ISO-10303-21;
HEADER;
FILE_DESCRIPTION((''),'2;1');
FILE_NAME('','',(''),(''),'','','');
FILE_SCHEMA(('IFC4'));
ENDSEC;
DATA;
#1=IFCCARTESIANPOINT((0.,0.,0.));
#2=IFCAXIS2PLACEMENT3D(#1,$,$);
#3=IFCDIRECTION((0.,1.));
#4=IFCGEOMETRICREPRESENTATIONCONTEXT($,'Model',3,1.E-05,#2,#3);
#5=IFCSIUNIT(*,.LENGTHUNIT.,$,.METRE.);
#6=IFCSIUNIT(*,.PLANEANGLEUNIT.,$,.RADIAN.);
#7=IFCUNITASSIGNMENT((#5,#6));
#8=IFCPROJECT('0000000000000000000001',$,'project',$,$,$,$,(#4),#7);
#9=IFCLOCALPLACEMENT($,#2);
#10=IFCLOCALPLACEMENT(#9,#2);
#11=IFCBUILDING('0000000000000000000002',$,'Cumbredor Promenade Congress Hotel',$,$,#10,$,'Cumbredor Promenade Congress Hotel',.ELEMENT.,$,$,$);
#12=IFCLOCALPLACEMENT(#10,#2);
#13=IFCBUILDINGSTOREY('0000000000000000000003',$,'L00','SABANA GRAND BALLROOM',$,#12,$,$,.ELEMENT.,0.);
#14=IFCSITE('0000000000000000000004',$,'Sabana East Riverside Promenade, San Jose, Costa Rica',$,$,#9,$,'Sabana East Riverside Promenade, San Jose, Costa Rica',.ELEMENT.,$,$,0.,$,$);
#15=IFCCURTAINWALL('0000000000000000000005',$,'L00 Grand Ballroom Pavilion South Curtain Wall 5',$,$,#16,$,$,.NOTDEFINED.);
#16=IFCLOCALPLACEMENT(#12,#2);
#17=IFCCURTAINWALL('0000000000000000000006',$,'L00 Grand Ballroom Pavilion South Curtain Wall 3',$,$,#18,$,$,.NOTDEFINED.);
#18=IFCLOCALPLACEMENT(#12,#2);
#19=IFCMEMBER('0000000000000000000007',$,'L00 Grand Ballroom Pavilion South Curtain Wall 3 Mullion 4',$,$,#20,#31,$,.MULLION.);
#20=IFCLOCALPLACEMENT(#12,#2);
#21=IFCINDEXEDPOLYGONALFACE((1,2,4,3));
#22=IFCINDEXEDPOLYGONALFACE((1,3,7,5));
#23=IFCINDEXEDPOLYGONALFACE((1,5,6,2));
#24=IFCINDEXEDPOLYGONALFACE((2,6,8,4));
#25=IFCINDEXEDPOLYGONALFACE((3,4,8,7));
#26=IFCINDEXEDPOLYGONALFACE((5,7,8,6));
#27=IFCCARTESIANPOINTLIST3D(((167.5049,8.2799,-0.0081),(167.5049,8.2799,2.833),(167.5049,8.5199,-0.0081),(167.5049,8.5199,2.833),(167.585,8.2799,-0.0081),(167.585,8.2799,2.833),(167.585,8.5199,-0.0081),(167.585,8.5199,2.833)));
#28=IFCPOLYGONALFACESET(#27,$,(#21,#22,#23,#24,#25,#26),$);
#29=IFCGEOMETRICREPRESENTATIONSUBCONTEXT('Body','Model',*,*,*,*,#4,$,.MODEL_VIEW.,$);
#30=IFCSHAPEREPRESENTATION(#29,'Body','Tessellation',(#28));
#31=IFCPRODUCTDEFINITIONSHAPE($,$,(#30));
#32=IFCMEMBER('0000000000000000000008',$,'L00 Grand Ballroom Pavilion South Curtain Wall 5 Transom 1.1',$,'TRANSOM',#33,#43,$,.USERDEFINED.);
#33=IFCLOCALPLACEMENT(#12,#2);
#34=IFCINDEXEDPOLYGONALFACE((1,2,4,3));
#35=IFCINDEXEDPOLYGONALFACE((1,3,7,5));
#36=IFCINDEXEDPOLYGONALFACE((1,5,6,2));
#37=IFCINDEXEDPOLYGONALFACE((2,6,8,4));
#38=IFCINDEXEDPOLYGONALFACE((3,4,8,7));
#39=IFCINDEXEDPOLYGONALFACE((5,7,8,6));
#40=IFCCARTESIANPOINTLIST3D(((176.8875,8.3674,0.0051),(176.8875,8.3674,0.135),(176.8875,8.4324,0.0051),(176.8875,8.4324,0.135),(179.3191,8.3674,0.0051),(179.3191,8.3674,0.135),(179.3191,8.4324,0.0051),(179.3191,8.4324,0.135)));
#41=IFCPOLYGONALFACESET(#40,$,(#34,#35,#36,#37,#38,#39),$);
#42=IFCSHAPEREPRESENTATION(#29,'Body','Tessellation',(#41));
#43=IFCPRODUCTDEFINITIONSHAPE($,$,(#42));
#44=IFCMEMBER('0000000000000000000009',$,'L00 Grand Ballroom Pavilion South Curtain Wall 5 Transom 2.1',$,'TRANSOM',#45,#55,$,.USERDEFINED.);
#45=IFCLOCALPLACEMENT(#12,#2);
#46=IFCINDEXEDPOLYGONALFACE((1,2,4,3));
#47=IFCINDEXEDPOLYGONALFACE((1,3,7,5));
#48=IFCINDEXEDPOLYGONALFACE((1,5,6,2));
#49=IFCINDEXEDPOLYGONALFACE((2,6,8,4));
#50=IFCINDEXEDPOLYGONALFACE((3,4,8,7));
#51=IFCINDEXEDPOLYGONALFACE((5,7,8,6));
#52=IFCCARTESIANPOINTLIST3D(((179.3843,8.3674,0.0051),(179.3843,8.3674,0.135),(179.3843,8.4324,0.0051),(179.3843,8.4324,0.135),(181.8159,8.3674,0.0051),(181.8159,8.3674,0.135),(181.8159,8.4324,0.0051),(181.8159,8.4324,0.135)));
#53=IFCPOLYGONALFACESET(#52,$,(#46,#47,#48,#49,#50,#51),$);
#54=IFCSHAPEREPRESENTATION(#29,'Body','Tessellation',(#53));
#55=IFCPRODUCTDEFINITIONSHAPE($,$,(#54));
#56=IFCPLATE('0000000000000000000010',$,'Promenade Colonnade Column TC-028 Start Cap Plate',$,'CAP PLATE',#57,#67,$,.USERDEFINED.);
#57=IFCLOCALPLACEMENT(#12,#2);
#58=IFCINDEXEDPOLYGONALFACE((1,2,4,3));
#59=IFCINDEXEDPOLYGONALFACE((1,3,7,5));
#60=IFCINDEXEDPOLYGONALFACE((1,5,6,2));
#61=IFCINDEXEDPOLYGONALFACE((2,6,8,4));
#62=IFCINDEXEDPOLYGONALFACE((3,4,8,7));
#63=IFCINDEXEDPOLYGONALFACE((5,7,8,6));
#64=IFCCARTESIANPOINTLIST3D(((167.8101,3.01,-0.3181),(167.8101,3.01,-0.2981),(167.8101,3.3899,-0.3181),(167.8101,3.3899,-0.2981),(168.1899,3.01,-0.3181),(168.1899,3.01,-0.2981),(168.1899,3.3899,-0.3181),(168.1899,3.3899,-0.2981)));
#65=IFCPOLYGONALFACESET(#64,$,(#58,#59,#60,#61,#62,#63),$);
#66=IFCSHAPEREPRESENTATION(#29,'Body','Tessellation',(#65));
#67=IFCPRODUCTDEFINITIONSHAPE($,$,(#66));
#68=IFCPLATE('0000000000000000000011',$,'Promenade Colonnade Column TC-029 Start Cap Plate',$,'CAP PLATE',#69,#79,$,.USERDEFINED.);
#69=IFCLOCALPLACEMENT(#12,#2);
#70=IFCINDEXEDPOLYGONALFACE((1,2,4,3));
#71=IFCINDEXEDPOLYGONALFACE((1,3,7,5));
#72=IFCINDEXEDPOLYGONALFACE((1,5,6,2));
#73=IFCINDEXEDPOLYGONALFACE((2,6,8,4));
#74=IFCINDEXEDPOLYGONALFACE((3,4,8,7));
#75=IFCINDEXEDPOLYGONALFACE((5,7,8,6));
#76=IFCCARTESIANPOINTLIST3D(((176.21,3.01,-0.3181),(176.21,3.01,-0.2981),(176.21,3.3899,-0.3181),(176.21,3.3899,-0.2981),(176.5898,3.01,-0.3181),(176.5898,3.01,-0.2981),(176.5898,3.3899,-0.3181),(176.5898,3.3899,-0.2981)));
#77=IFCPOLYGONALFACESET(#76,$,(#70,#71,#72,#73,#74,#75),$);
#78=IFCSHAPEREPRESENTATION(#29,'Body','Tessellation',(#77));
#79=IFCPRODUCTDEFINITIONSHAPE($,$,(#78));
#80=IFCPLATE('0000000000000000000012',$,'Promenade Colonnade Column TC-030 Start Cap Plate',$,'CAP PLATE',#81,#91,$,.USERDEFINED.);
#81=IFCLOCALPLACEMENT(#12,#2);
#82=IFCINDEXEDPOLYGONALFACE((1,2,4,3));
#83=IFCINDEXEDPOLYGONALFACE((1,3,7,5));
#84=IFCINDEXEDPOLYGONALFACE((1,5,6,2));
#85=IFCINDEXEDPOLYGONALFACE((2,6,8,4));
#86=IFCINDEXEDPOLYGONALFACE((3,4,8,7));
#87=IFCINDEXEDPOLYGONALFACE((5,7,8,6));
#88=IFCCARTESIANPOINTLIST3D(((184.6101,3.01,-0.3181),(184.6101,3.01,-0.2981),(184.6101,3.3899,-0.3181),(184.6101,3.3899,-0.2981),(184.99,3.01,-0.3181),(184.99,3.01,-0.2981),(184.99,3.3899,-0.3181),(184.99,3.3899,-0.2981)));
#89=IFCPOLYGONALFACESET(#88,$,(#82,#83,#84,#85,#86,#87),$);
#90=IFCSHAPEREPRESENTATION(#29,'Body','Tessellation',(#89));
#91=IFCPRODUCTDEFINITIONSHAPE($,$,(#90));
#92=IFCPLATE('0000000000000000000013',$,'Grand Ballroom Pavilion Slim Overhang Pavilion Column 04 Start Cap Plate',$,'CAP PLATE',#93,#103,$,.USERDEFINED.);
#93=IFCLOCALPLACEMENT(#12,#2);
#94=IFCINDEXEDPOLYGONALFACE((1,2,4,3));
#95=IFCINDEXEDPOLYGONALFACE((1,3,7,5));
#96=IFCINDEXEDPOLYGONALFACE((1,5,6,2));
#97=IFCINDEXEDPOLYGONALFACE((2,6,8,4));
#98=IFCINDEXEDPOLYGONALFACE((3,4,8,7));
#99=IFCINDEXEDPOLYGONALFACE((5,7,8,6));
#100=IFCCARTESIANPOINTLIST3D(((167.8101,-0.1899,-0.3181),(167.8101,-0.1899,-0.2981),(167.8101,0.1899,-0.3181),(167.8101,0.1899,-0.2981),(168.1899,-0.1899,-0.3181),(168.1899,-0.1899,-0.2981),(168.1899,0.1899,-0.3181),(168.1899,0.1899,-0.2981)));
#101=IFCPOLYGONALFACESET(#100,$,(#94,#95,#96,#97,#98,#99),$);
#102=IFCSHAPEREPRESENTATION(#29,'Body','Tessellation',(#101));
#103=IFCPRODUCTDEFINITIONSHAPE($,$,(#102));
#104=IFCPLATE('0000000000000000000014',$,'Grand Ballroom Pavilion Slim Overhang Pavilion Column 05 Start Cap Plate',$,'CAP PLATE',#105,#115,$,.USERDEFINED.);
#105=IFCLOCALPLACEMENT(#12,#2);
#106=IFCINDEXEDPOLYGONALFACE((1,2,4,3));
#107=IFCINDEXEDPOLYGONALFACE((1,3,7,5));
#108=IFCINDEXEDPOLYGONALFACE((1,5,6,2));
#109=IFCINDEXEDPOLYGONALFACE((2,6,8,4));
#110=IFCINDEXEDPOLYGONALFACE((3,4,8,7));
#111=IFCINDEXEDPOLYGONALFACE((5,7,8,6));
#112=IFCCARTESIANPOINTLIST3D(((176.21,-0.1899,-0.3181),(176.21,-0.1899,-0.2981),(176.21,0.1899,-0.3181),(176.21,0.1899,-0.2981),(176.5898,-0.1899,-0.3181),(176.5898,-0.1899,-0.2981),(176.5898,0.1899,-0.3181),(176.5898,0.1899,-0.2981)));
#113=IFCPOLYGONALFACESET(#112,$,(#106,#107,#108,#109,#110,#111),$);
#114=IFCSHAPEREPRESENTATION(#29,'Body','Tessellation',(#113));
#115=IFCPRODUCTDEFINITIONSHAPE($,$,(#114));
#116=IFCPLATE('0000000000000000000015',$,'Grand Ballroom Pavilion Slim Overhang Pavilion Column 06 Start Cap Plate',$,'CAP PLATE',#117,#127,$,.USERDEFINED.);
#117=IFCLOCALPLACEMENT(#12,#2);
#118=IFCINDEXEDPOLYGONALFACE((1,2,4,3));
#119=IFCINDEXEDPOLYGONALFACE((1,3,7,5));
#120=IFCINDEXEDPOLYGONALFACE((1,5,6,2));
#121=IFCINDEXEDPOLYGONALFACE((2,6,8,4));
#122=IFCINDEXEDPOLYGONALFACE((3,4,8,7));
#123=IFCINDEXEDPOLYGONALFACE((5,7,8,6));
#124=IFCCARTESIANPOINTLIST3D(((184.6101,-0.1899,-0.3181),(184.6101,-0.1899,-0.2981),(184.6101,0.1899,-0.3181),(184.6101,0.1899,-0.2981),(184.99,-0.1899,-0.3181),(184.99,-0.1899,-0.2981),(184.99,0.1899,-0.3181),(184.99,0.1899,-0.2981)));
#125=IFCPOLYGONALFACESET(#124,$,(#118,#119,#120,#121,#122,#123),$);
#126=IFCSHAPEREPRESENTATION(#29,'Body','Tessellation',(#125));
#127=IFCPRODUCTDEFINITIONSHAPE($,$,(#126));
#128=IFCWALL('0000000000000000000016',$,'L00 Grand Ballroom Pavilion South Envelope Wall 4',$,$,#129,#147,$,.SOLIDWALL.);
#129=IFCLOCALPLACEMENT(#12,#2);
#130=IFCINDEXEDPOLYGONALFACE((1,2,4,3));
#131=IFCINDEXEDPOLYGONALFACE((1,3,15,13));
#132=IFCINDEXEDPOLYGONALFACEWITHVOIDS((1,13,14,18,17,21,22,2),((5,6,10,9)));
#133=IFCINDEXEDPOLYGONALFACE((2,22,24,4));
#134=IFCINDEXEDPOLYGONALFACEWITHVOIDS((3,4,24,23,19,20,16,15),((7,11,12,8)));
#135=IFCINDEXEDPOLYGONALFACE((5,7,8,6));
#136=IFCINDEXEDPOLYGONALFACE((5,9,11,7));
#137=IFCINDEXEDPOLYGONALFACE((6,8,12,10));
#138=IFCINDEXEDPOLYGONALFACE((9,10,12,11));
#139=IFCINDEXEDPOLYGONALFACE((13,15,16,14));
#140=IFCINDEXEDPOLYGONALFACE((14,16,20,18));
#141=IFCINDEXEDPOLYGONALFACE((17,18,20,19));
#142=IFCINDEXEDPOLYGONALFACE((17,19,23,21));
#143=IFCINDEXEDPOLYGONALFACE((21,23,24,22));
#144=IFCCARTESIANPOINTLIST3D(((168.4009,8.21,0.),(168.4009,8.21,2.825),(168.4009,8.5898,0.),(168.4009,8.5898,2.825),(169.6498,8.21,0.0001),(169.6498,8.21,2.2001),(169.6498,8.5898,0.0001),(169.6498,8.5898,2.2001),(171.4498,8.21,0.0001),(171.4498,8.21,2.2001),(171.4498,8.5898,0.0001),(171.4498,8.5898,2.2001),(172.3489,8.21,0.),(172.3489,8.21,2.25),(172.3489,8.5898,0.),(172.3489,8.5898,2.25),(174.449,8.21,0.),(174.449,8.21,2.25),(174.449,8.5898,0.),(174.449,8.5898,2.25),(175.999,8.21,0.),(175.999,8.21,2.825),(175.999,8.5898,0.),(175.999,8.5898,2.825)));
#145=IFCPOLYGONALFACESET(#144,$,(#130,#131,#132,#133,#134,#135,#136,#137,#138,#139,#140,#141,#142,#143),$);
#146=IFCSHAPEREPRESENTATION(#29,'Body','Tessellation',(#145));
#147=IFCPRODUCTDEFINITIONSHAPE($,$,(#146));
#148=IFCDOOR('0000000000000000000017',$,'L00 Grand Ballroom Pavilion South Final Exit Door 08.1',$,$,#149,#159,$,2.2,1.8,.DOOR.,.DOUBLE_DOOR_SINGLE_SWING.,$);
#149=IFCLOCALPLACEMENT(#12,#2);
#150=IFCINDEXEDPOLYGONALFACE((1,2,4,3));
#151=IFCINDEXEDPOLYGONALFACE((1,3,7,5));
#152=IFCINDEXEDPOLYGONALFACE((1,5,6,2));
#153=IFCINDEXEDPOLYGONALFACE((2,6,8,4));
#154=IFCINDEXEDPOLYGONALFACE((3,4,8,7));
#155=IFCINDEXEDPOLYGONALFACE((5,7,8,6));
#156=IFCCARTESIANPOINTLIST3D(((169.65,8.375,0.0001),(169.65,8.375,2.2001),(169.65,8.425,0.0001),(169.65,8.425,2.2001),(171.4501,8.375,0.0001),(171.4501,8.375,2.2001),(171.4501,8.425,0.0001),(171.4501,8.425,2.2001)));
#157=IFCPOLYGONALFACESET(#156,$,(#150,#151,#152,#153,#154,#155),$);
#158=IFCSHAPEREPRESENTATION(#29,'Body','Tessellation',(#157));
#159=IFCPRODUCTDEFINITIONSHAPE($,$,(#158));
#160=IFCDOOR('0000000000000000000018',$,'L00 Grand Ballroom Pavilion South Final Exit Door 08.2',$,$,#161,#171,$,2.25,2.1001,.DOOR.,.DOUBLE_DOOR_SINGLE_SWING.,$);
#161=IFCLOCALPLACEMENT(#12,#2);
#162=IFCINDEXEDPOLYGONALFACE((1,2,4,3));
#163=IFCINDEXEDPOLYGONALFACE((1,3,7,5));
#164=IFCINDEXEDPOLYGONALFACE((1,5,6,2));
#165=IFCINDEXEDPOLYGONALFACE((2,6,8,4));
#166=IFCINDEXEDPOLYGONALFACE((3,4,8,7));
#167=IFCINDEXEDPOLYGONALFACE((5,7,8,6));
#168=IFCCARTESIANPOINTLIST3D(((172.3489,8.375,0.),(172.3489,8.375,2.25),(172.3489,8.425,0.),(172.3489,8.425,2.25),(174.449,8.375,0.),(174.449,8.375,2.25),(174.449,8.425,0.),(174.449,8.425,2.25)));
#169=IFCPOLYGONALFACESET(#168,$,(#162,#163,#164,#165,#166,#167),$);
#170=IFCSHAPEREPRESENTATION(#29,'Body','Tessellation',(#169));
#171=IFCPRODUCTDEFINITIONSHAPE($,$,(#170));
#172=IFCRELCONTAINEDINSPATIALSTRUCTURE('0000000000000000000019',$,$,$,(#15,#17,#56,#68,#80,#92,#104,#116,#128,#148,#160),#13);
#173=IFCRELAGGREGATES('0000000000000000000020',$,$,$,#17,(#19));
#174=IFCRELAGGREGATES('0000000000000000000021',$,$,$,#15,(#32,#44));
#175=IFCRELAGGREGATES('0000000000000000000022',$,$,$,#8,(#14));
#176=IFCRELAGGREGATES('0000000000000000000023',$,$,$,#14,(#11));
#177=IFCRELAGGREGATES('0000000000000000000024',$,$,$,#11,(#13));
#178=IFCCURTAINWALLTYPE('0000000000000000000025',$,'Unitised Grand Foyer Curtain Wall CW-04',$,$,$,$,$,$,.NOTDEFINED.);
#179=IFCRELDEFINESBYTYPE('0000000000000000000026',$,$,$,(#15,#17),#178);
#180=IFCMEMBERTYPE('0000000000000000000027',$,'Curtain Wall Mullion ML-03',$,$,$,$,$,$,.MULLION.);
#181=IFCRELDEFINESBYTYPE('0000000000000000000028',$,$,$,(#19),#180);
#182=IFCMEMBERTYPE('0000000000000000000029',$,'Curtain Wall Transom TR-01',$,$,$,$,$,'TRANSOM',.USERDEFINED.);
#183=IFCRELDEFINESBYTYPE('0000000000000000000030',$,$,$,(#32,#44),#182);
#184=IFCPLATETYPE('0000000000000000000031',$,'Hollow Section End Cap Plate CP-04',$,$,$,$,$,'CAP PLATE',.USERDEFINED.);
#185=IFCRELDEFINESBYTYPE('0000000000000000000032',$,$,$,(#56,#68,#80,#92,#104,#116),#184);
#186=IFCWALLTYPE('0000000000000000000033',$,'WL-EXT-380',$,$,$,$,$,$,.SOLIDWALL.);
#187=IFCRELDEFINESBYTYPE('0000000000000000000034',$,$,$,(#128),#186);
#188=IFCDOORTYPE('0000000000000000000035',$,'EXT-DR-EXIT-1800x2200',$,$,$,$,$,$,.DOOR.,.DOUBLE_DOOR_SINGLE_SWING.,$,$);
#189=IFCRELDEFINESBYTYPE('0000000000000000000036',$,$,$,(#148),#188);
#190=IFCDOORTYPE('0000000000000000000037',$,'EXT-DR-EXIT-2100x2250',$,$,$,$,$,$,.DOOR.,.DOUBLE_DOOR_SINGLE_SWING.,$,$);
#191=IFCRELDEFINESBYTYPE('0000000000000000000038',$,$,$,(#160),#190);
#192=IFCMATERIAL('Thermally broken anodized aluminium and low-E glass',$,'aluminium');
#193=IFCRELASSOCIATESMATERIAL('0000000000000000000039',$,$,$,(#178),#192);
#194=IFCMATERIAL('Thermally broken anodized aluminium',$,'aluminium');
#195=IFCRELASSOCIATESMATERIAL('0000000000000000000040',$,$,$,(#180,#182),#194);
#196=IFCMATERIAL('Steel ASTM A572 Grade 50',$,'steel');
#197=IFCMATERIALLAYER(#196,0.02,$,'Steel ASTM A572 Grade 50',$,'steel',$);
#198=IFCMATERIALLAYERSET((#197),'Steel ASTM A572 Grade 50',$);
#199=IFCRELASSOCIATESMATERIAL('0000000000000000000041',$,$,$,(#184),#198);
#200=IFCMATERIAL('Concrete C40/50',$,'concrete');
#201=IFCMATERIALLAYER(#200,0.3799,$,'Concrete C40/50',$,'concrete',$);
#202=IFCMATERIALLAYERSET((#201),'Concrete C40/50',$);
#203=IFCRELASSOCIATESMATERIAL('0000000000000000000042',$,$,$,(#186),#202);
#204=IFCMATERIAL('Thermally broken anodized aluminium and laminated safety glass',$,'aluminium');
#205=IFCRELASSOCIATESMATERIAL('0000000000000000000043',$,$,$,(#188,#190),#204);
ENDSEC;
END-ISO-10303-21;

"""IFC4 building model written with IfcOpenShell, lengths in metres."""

from ifc_helpers import new_model, si_unit, direction, frame, frame_2d, origin, origin_2d, place, context, subcontext, project, spatial, rectangle, extrude, material, layer, layer_set, material_profile, profile_set, type_object, element, fill, aggregate, save


model = new_model("IFC4")

# Units and contexts
model_context = context("Model", 3, precision=1e-05, world=origin(), true_north=direction((0.0, 1.0)))
body_context = subcontext(model_context, "Body", "Model", "MODEL_VIEW")
ifc_project = project(units=[si_unit("LENGTHUNIT", "METRE"), si_unit("PLANEANGLEUNIT", "RADIAN")], contexts=[model_context])

# Site, building, storey
site_placement = place(None, origin())
site = spatial("IfcSite", under=ifc_project, at=site_placement, Name="Sabana East Riverside Promenade, San Jose, Costa Rica", LongName="Sabana East Riverside Promenade, San Jose, Costa Rica", CompositionType="ELEMENT", RefElevation=0.0)
building_placement = place(site_placement, origin())
building = spatial("IfcBuilding", under=site, at=building_placement, Name="Cumbredor Promenade Congress Hotel", LongName="Cumbredor Promenade Congress Hotel", CompositionType="ELEMENT")
storey_placement = place(building_placement, origin())
storey = spatial("IfcBuildingStorey", under=building, at=storey_placement, Name="L00", Description="SABANA GRAND BALLROOM", CompositionType="ELEMENT", Elevation=0.0)

# Curtain wall
ifc_material_1 = material(Name="Thermally broken anodized aluminium and low-E glass", Category="aluminium")
curtain_wall_type = type_object("IfcCurtainWallType", Name="Unitised Grand Foyer Curtain Wall CW-04", PredefinedType="NOTDEFINED", material=ifc_material_1)
curtain_wall_1_placement = place(storey_placement, origin())
curtain_wall_1 = element("IfcCurtainWall", 1, at=curtain_wall_1_placement, inside=storey, type_object=curtain_wall_type, Name="L00 Grand Ballroom Pavilion South Curtain Wall 5", PredefinedType="NOTDEFINED")
ifc_material_2 = material(Name="Thermally broken anodized aluminium", Category="aluminium")

# Curtain wall, member
curtain_wall_2_placement = place(storey_placement, origin())
curtain_wall_2 = element("IfcCurtainWall", 2, at=curtain_wall_2_placement, inside=storey, type_object=curtain_wall_type, Name="L00 Grand Ballroom Pavilion South Curtain Wall 3", PredefinedType="NOTDEFINED")
ifc_material_profile_1 = material_profile(ifc_material_2, rectangle(XDim=0.0801, YDim=0.24, at=origin_2d()), Name="ALU MULLION 80x240")
ifc_profile_set_1 = profile_set([ifc_material_profile_1], Name="Thermally broken anodized aluminium")
member_type_1 = type_object("IfcMemberType", Name="Curtain Wall Mullion ML-03", PredefinedType="MULLION", material=ifc_profile_set_1)
member_1_placement = place(storey_placement, frame((167.5449, 8.3999, -0.0081), z_axis=(0.0, 0.0, 1.0), x_axis=(1.0, 0.0, 0.0)))
member_1 = element("IfcMember", 3, at=member_1_placement, type_object=member_type_1, Name="L00 Grand Ballroom Pavilion South Curtain Wall 3 Mullion 4", PredefinedType="MULLION", context=body_context, shape_type="SweptSolid", body=[
    extrude(rectangle(XDim=0.0801, YDim=0.24, at=origin_2d()), origin(), (0.0, 0.0, 1.0), 2.8411),
])
aggregate(curtain_wall_2, [member_1])

# Members
ifc_material_profile_2 = material_profile(ifc_material_2, rectangle(XDim=0.0649, YDim=0.1299, at=origin_2d()), Name="ALU TRANSOM 65x130")
ifc_profile_set_2 = profile_set([ifc_material_profile_2], Name="Thermally broken anodized aluminium")
member_type_2 = type_object("IfcMemberType", Name="Curtain Wall Transom TR-01", ElementType="TRANSOM", PredefinedType="USERDEFINED", material=ifc_profile_set_2)
member_2_placement = place(storey_placement, frame((176.8875, 8.3999, 0.0701), z_axis=(1.0, 0.0, 0.0), x_axis=(0.0, 1.0, 0.0)))
member_2 = element("IfcMember", 4, at=member_2_placement, type_object=member_type_2, Name="L00 Grand Ballroom Pavilion South Curtain Wall 5 Transom 1.1", ObjectType="TRANSOM", PredefinedType="USERDEFINED", context=body_context, shape_type="SweptSolid", body=[
    extrude(rectangle(XDim=0.0649, YDim=0.1299, at=origin_2d()), origin(), (0.0, 0.0, 1.0), 2.4316),
])
member_3_placement = place(storey_placement, frame((179.3843, 8.3999, 0.0701), z_axis=(1.0, 0.0, 0.0), x_axis=(0.0, 1.0, 0.0)))
member_3 = element("IfcMember", 5, at=member_3_placement, type_object=member_type_2, Name="L00 Grand Ballroom Pavilion South Curtain Wall 5 Transom 2.1", ObjectType="TRANSOM", PredefinedType="USERDEFINED", context=body_context, shape_type="SweptSolid", body=[
    extrude(rectangle(XDim=0.0649, YDim=0.1299, at=origin_2d()), origin(), (0.0, 0.0, 1.0), 2.4316),
])
aggregate(curtain_wall_1, [member_2, member_3])

# Plates
ifc_material_3 = material(Name="Steel ASTM A572 Grade 50", Category="steel")
ifc_layer_1 = layer(ifc_material_3, 0.02, Name="Steel ASTM A572 Grade 50", Category="steel")
ifc_layer_set_1 = layer_set([ifc_layer_1], Name="Steel ASTM A572 Grade 50")
plate_type = type_object("IfcPlateType", Name="Hollow Section End Cap Plate CP-04", ElementType="CAP PLATE", PredefinedType="USERDEFINED", material=ifc_layer_set_1)
for number, where, z_axis, x_axis, name in (
    (6, (168.0, 3.2, -0.3181), (0.0, 0.0, 1.0), (1.0, 0.0, 0.0), "Promenade Colonnade Column TC-028 Start Cap Plate"),
    (7, (176.3999, 3.2, -0.3181), (0.0, 0.0, 1.0), (1.0, 0.0, 0.0), "Promenade Colonnade Column TC-029 Start Cap Plate"),
    (8, (184.8, 3.2, -0.3181), (0.0, 0.0, 1.0), (1.0, 0.0, 0.0), "Promenade Colonnade Column TC-030 Start Cap Plate"),
    (9, (168.0, 0.0, -0.3181), (0.0, 0.0, 1.0), (1.0, 0.0, 0.0), "Grand Ballroom Pavilion Slim Overhang Pavilion Column 04 Start Cap Plate"),
    (10, (176.3999, 0.0, -0.3181), (0.0, 0.0, 1.0), (1.0, 0.0, 0.0), "Grand Ballroom Pavilion Slim Overhang Pavilion Column 05 Start Cap Plate"),
    (11, (184.8, 0.0, -0.3181), (0.0, 0.0, 1.0), (1.0, 0.0, 0.0), "Grand Ballroom Pavilion Slim Overhang Pavilion Column 06 Start Cap Plate"),
):
    element("IfcPlate", number, at=place(storey_placement, frame(where, z_axis=z_axis, x_axis=x_axis)), inside=storey, type_object=plate_type, Name=name, ObjectType="CAP PLATE", PredefinedType="USERDEFINED", context=body_context, shape_type="SweptSolid", body=[
        extrude(rectangle(XDim=0.3799, YDim=0.3799, at=origin_2d()), origin(), (0.0, 0.0, 1.0), 0.02),
    ])

# Wall, openings, doors
ifc_material_4 = material(Name="Concrete C40/50", Category="concrete")
ifc_layer_2 = layer(ifc_material_4, 0.3799, Name="Concrete C40/50", Category="concrete")
ifc_layer_set_2 = layer_set([ifc_layer_2], Name="Concrete C40/50")
wall_type = type_object("IfcWallType", Name="WL-EXT-380", PredefinedType="SOLIDWALL", material=ifc_layer_set_2)
wall_placement = place(storey_placement, frame((168.4009, 8.3999, 0.0), z_axis=(0.0, 0.0, 1.0), x_axis=(1.0, 0.0, 0.0)))
wall = element("IfcWall", 12, at=wall_placement, inside=storey, type_object=wall_type, Name="L00 Grand Ballroom Pavilion South Envelope Wall 4", PredefinedType="SOLIDWALL", context=body_context, shape_type="SweptSolid", body=[
    extrude(rectangle(XDim=7.5981, YDim=0.3799, at=frame_2d((3.7991, 0.0))), origin(), (0.0, 0.0, 1.0), 2.825),
])
opening_1_placement = place(wall_placement, frame((1.249, 0.0, 0.0)))
opening_1 = element("IfcOpeningElement", 13, at=opening_1_placement, cuts=wall, PredefinedType="OPENING", context=body_context, shape_type="SweptSolid", body=[
    extrude(rectangle(XDim=1.8, YDim=2.2, at=frame_2d((0.8999, 1.1001))), frame((0.0, 0.2, 0.0), z_axis=(0.0, -1.0, 0.0), x_axis=(1.0, 0.0, 0.0)), (0.0, 0.0, 1.0), 0.3999),
])
opening_2_placement = place(wall_placement, frame((3.948, 0.0, 0.0)))
opening_2 = element("IfcOpeningElement", 14, at=opening_2_placement, cuts=wall, PredefinedType="OPENING", context=body_context, shape_type="SweptSolid", body=[
    extrude(rectangle(XDim=2.1001, YDim=2.25, at=frame_2d((1.05, 1.125))), frame((0.0, 0.2, 0.0), z_axis=(0.0, -1.0, 0.0), x_axis=(1.0, 0.0, 0.0)), (0.0, 0.0, 1.0), 0.3999),
])
ifc_material_5 = material(Name="Thermally broken anodized aluminium and laminated safety glass", Category="aluminium")
door_type_1 = type_object("IfcDoorType", Name="EXT-DR-EXIT-1800x2200", OperationType="DOUBLE_DOOR_SINGLE_SWING", PredefinedType="DOOR", material=ifc_material_5)
door_1_placement = place(opening_1_placement, frame((1.8, 0.0, 0.0), z_axis=(0.0, 0.0, 1.0), x_axis=(-1.0, 0.0, 0.0)))
door_1 = element("IfcDoor", 15, at=door_1_placement, inside=storey, type_object=door_type_1, Name="L00 Grand Ballroom Pavilion South Final Exit Door 08.1", OperationType="DOUBLE_DOOR_SINGLE_SWING", OverallHeight=2.2, OverallWidth=1.8, PredefinedType="DOOR", context=body_context, shape_type="SweptSolid", body=[
    extrude(rectangle(XDim=1.8, YDim=2.2, at=frame_2d((0.8999, 1.1001))), frame((0.0, 0.0249, 0.0), z_axis=(0.0, -1.0, 0.0), x_axis=(1.0, 0.0, 0.0)), (0.0, 0.0, 1.0), 0.05),
])
fill(opening_1, door_1)
door_type_2 = type_object("IfcDoorType", Name="EXT-DR-EXIT-2100x2250", OperationType="DOUBLE_DOOR_SINGLE_SWING", PredefinedType="DOOR", material=ifc_material_5)
door_2_placement = place(opening_2_placement, frame((2.1001, 0.0, 0.0), z_axis=(0.0, 0.0, 1.0), x_axis=(-1.0, 0.0, 0.0)))
door_2 = element("IfcDoor", 16, at=door_2_placement, inside=storey, type_object=door_type_2, Name="L00 Grand Ballroom Pavilion South Final Exit Door 08.2", OperationType="DOUBLE_DOOR_SINGLE_SWING", OverallHeight=2.25, OverallWidth=2.1001, PredefinedType="DOOR", context=body_context, shape_type="SweptSolid", body=[
    extrude(rectangle(XDim=2.1001, YDim=2.25, at=frame_2d((1.05, 1.125))), frame((0.0, 0.0249, 0.0), z_axis=(0.0, -1.0, 0.0), x_axis=(1.0, 0.0, 0.0)), (0.0, 0.0, 1.0), 0.05),
])
fill(opening_2, door_2)

save(model, "model.ifc")
